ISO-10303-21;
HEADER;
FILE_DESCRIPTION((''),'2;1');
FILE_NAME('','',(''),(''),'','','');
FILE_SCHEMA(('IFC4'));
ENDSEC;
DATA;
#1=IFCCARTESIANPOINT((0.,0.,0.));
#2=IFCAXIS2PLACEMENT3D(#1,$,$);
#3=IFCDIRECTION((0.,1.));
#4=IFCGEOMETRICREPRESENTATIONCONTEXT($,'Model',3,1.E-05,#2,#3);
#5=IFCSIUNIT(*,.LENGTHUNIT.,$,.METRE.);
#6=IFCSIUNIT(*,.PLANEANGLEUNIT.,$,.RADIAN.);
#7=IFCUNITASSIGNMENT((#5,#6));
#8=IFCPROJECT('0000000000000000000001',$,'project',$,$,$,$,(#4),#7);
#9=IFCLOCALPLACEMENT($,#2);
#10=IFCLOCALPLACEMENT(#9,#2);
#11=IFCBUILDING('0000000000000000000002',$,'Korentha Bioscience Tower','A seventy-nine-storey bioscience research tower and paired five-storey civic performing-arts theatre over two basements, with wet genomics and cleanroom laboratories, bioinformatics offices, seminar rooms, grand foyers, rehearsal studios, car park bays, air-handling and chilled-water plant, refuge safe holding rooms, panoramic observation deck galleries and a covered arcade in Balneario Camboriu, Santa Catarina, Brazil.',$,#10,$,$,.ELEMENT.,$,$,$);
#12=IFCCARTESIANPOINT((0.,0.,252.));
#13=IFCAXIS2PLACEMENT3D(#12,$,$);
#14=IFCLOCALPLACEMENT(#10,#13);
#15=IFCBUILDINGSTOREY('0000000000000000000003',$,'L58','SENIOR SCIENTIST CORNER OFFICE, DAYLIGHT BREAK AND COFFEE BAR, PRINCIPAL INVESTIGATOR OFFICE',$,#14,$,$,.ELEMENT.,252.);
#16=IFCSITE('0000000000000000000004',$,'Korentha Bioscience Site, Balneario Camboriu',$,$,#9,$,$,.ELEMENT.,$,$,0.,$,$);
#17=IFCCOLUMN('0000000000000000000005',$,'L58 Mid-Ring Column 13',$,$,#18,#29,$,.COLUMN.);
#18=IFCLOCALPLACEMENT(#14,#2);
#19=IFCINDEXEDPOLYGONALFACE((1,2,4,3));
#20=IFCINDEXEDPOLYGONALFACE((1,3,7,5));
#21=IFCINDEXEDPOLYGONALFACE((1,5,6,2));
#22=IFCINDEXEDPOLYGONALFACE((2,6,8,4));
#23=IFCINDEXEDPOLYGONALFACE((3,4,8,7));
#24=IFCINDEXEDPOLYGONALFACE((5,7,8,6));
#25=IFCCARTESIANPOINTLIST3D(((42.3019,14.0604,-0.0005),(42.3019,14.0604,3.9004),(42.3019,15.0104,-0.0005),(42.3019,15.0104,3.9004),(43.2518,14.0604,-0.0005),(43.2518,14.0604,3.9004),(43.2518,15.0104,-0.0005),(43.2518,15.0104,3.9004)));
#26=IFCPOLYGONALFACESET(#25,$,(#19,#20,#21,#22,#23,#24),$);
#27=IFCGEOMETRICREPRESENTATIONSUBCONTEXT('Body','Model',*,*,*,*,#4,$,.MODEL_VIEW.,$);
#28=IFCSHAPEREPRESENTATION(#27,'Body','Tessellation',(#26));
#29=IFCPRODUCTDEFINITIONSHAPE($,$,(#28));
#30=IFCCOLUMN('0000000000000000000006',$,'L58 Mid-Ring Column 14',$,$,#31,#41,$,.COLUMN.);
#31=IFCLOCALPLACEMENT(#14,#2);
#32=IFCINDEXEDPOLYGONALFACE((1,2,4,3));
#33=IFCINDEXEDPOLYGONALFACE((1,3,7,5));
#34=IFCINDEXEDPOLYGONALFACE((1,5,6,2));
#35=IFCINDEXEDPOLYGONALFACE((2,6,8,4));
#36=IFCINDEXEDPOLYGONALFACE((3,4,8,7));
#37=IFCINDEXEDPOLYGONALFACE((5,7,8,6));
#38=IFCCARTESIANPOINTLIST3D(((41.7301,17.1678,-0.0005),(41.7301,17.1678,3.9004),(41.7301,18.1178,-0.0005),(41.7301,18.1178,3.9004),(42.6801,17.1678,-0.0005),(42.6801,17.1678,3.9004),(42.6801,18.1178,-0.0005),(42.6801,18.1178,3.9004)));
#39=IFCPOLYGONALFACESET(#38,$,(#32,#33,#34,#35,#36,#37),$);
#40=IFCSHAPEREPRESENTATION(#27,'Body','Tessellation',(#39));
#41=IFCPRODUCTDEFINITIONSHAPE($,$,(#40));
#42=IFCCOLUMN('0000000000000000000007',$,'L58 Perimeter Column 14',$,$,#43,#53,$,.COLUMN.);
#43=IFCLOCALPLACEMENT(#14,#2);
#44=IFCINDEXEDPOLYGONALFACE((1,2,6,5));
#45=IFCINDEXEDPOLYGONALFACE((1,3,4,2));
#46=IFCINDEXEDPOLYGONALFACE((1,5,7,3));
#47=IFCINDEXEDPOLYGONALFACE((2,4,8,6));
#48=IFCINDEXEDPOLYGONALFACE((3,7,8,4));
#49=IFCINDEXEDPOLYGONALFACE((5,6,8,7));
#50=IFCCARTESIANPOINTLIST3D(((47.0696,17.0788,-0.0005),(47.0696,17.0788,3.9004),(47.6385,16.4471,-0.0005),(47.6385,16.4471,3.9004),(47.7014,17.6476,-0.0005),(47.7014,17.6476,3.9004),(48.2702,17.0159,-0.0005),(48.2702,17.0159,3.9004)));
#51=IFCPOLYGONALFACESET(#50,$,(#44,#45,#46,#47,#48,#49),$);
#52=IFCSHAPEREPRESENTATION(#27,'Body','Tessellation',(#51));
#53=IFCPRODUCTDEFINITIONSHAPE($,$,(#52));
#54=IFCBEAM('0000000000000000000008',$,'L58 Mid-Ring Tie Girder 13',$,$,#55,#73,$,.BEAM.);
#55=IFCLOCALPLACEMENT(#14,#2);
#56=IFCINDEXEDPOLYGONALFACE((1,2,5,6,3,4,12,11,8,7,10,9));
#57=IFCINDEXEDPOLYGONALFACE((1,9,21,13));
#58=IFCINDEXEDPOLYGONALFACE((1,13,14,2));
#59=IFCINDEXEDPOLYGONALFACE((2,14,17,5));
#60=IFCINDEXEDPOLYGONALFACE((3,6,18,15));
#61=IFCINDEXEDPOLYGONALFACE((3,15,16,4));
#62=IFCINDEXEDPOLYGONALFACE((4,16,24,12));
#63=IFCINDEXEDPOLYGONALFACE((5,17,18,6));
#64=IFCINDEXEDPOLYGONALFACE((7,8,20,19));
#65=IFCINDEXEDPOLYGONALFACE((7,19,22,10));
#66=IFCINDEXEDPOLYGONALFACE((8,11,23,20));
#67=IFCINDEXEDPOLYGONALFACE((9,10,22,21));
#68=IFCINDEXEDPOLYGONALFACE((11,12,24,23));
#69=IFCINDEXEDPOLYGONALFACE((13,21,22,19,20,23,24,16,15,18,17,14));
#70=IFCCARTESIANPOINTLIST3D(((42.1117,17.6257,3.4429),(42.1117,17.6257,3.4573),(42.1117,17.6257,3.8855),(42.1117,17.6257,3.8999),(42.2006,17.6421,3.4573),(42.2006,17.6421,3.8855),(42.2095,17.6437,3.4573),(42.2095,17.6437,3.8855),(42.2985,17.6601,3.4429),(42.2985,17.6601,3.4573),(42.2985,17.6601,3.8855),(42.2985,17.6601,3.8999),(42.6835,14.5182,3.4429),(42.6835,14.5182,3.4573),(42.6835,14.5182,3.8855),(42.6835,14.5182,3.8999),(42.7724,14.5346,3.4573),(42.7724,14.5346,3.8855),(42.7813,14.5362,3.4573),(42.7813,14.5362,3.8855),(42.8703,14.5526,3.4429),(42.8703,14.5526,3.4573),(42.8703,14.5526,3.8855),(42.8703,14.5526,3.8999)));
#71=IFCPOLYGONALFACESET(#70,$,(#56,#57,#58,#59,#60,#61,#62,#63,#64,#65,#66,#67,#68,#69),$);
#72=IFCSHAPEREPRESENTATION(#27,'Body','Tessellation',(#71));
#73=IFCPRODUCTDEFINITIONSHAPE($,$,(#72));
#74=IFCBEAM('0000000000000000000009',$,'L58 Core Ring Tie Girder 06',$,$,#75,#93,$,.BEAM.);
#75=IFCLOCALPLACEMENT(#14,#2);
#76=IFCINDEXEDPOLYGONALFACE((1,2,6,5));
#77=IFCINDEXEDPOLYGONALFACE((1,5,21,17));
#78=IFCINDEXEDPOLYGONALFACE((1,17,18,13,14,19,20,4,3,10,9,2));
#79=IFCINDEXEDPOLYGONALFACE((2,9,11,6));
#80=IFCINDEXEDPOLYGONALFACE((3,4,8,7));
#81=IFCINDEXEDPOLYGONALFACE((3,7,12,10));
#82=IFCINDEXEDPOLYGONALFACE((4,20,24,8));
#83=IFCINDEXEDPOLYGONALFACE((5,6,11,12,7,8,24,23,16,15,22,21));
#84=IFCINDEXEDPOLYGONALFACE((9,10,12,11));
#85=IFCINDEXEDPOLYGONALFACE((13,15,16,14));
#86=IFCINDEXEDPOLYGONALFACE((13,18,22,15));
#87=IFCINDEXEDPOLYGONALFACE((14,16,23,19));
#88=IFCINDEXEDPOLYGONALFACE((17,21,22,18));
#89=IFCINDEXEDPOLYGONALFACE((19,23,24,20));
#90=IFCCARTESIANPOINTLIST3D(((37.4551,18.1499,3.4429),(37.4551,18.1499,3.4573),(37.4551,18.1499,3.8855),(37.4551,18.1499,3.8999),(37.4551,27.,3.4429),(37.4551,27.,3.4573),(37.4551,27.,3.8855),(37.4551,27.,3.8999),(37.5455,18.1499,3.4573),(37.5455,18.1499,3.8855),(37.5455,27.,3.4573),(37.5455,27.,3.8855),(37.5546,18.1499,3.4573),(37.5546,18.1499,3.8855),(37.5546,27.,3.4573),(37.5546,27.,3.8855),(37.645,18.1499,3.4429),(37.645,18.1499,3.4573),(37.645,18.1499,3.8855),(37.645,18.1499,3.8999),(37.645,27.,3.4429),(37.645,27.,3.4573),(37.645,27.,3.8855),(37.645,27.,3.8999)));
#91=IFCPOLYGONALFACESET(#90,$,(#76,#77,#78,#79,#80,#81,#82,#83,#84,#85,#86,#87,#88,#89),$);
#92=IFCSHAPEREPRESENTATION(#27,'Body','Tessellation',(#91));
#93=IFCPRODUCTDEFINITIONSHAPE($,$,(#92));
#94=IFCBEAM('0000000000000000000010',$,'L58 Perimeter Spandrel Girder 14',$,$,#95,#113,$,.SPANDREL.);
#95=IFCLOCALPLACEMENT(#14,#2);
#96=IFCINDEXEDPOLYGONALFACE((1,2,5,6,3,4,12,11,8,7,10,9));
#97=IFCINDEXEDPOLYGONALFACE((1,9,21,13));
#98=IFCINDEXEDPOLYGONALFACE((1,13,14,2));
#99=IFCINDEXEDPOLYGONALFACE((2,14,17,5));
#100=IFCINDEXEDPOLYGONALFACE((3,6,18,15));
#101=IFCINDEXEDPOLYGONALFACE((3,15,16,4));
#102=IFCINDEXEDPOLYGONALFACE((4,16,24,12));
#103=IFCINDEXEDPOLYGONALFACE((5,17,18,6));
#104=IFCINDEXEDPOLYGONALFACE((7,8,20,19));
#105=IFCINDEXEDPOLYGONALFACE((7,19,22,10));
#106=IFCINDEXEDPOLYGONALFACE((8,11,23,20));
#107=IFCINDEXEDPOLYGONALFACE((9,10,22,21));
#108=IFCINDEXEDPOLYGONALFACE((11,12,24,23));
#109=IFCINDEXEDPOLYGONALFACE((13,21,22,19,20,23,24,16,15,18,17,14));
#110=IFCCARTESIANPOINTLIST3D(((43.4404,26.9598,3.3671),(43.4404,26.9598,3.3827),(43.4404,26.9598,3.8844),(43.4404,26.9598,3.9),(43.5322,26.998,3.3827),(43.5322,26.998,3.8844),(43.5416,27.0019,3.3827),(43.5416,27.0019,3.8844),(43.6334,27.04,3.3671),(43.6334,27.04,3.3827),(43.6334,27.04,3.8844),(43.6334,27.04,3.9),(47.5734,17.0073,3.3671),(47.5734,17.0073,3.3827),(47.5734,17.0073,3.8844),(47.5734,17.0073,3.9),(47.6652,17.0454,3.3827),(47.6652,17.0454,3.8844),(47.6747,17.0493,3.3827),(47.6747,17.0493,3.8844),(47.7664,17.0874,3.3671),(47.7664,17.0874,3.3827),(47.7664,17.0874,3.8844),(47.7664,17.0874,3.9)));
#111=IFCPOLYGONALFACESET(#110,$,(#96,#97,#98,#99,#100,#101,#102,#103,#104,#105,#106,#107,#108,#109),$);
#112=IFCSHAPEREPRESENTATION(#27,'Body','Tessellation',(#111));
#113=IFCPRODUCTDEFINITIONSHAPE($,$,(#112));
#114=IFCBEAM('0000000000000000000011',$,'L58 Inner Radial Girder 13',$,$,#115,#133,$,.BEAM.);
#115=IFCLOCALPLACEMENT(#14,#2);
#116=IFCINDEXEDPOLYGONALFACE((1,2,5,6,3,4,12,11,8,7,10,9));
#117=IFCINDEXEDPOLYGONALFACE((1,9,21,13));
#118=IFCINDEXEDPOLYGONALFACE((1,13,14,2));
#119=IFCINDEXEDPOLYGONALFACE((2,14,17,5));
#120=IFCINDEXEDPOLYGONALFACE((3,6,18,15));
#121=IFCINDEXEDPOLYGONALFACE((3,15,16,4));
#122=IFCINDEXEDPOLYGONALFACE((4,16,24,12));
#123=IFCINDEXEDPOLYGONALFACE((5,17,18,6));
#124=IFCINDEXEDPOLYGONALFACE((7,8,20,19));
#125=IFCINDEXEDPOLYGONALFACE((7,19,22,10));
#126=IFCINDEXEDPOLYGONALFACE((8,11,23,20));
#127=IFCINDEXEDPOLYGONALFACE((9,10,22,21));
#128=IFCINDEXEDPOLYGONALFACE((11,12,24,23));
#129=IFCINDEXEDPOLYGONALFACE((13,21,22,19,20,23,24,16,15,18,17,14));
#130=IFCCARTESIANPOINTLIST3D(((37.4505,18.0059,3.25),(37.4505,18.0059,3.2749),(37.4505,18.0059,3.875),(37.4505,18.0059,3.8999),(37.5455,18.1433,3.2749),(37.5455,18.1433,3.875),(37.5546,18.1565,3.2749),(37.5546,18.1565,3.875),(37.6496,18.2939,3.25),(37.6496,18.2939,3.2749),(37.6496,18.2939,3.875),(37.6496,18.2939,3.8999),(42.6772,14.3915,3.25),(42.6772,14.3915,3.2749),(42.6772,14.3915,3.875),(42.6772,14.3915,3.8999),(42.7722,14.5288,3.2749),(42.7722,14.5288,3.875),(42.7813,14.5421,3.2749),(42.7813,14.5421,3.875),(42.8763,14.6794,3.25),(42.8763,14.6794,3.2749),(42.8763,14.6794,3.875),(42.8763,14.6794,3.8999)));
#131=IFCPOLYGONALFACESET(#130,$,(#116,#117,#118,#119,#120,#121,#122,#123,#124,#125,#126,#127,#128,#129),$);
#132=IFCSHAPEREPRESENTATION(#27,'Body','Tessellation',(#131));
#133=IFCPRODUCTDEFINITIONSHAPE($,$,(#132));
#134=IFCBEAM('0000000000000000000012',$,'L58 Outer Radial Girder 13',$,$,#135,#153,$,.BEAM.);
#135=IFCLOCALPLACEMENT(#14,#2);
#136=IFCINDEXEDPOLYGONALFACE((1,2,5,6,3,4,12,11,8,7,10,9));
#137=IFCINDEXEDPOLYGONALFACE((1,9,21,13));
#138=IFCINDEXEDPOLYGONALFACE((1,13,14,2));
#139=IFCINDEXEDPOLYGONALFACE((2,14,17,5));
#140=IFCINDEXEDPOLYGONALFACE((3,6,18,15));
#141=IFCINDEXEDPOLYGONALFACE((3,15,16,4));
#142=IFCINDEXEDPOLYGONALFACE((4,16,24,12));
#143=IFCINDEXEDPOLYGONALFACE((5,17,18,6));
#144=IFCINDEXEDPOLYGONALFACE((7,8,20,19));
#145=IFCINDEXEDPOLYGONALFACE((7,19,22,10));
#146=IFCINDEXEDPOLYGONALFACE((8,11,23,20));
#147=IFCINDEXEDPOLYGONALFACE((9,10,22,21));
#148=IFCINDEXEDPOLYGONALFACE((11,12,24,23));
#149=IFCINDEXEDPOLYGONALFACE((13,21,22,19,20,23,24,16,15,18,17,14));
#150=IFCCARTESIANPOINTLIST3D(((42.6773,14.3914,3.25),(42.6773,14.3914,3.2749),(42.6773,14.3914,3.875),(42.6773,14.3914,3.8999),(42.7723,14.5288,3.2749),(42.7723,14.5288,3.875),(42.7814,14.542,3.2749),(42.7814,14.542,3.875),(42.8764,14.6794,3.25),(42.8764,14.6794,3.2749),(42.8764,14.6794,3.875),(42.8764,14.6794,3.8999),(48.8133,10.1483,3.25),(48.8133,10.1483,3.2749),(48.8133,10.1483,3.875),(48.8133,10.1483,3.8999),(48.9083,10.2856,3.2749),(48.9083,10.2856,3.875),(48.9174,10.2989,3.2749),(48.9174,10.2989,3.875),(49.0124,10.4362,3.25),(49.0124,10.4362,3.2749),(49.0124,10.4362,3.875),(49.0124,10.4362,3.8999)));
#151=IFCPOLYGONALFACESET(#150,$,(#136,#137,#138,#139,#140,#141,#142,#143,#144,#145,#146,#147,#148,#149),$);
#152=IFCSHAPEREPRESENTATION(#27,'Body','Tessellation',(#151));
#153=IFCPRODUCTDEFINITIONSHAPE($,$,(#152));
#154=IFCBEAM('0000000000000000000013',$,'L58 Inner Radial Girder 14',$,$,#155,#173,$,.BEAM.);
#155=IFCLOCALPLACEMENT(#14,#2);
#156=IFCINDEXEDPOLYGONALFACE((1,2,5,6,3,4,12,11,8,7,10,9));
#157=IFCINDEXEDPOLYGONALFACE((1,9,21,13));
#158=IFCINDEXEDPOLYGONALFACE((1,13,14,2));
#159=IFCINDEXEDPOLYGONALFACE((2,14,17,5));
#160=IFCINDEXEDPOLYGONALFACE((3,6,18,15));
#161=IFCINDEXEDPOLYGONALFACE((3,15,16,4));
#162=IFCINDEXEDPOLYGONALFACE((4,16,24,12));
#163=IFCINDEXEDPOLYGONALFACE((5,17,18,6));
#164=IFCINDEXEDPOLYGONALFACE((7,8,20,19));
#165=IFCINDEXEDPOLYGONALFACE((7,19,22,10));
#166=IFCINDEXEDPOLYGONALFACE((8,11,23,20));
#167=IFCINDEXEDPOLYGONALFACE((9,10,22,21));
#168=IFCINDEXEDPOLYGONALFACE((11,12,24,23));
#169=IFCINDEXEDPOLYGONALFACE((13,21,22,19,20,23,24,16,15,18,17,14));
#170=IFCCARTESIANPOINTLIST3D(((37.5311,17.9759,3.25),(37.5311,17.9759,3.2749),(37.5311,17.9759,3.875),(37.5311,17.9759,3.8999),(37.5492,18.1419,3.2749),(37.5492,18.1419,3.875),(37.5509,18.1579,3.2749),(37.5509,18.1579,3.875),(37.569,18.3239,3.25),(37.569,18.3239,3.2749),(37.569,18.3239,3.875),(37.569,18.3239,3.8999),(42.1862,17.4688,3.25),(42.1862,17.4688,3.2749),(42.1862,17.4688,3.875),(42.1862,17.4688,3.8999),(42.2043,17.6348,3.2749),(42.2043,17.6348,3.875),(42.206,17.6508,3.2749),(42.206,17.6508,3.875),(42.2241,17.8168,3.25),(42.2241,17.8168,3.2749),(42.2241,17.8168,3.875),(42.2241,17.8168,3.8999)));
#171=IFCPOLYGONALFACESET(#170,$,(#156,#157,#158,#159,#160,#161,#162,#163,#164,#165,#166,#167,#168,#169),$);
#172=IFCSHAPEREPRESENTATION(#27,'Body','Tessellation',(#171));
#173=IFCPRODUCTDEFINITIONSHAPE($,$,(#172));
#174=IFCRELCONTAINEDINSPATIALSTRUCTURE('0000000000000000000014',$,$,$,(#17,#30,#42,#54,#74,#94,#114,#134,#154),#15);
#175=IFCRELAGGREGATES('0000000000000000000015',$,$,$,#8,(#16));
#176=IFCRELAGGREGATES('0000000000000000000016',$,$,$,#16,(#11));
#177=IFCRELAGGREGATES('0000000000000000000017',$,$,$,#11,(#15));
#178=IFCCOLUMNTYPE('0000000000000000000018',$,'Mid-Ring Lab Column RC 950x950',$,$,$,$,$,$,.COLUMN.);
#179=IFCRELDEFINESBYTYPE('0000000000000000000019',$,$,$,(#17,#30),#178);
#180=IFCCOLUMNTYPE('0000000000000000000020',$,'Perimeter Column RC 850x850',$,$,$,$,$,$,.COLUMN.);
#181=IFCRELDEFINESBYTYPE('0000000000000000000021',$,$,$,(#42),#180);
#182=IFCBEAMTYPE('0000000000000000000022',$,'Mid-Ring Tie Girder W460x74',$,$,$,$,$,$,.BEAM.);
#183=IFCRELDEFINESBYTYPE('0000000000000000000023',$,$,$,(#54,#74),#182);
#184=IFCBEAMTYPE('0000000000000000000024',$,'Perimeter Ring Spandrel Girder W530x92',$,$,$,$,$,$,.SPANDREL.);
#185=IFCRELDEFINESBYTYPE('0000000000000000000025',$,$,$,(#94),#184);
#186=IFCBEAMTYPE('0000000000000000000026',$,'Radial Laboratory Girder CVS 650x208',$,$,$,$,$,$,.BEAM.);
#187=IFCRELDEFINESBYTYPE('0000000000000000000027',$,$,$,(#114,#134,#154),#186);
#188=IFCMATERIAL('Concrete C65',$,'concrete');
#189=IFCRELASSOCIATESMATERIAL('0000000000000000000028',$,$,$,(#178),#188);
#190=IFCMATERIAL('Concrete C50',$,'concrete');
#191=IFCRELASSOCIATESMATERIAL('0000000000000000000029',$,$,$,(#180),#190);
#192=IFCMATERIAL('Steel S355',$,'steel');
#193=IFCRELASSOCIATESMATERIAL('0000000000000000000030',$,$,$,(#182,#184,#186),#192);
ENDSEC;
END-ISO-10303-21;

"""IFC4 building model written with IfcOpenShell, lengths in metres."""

from ifc_helpers import new_model, si_unit, direction, frame, origin, origin_2d, place, context, subcontext, project, spatial, rectangle, i_section, extrude, material, material_profile, profile_set, type_object, element, save


model = new_model("IFC4")

# Units and contexts
model_context = context("Model", 3, precision=1e-05, world=origin(), true_north=direction((0.0, 1.0)))
body_context = subcontext(model_context, "Body", "Model", "MODEL_VIEW")
ifc_project = project(units=[si_unit("LENGTHUNIT", "METRE"), si_unit("PLANEANGLEUNIT", "RADIAN")], contexts=[model_context])

# Site, building, storey
site_placement = place(None, origin())
site = spatial("IfcSite", under=ifc_project, at=site_placement, Name="Korentha Bioscience Site, Balneario Camboriu", CompositionType="ELEMENT", RefElevation=0.0)
building_placement = place(site_placement, origin())
building = spatial("IfcBuilding", under=site, at=building_placement, Name="Korentha Bioscience Tower", Description="A seventy-nine-storey bioscience research tower and paired five-storey civic performing-arts theatre over two basements, with wet genomics and cleanroom laboratories, bioinformatics offices, seminar rooms, grand foyers, rehearsal studios, car park bays, air-handling and chilled-water plant, refuge safe holding rooms, panoramic observation deck galleries and a covered arcade in Balneario Camboriu, Santa Catarina, Brazil.", CompositionType="ELEMENT")
storey_placement = place(building_placement, frame((0.0, 0.0, 252.0)))
storey = spatial("IfcBuildingStorey", under=building, at=storey_placement, Name="L58", Description="SENIOR SCIENTIST CORNER OFFICE, DAYLIGHT BREAK AND COFFEE BAR, PRINCIPAL INVESTIGATOR OFFICE", CompositionType="ELEMENT", Elevation=252.0)

# Columns
ifc_material_1 = material(Name="Concrete C65", Category="concrete")
ifc_material_profile_1 = material_profile(ifc_material_1, rectangle(XDim=0.95, YDim=0.95, at=origin_2d()), Name="Concrete C65")
ifc_profile_set_1 = profile_set([ifc_material_profile_1], Name="Concrete C65 (COL-MR09)")
column_type_1 = type_object("IfcColumnType", Name="Mid-Ring Lab Column RC 950x950", PredefinedType="COLUMN", material=ifc_profile_set_1)
for number, where, z_axis, x_axis, name in (
    (1, (42.7769, 14.5354, -0.0005), (0.0, 0.0, 1.0), (1.0, 0.0, 0.0), "L58 Mid-Ring Column 13"),
    (2, (42.2051, 17.6428, -0.0005), (0.0, 0.0, 1.0), (1.0, 0.0, 0.0), "L58 Mid-Ring Column 14"),
):
    element("IfcColumn", number, at=place(storey_placement, frame(where, z_axis=z_axis, x_axis=x_axis)), inside=storey, type_object=column_type_1, Name=name, PredefinedType="COLUMN", context=body_context, shape_type="SweptSolid", body=[
        extrude(rectangle(XDim=0.95, YDim=0.95, at=origin_2d()), origin(), (0.0, 0.0, 1.0), 3.9009),
    ])
ifc_material_2 = material(Name="Concrete C50", Category="concrete")
ifc_material_profile_2 = material_profile(ifc_material_2, rectangle(XDim=0.8501, YDim=0.8501, at=origin_2d()), Name="Concrete C50")
ifc_profile_set_2 = profile_set([ifc_material_profile_2], Name="Concrete C50 (COL-P08)")
column_type_2 = type_object("IfcColumnType", Name="Perimeter Column RC 850x850", PredefinedType="COLUMN", material=ifc_profile_set_2)
column_placement = place(storey_placement, frame((47.6699, 17.0474, -0.0005), z_axis=(0.0, 0.0, 1.0), x_axis=(-0.669131, 0.743145, 0.0)))
element("IfcColumn", 3, at=column_placement, inside=storey, type_object=column_type_2, Name="L58 Perimeter Column 14", PredefinedType="COLUMN", context=body_context, shape_type="SweptSolid", body=[
    extrude(rectangle(XDim=0.8501, YDim=0.8501, at=origin_2d()), origin(), (0.0, 0.0, 1.0), 3.9009),
])

# Beams
ifc_material_3 = material(Name="Steel S355", Category="steel")
ifc_material_profile_3 = material_profile(ifc_material_3, i_section(OverallWidth=0.1899, OverallDepth=0.457, WebThickness=0.009, FlangeThickness=0.0144, at=origin_2d()), Name="Steel S355")
ifc_profile_set_3 = profile_set([ifc_material_profile_3], Name="Steel S355 (MB-460)")
beam_type_1 = type_object("IfcBeamType", Name="Mid-Ring Tie Girder W460x74", PredefinedType="BEAM", material=ifc_profile_set_3)
beam_1_placement = place(storey_placement, frame((42.7769, 14.5354, 3.6714), z_axis=(-0.180966, 0.983489, 0.0), x_axis=(-0.983489, -0.180966, 0.0)))
element("IfcBeam", 4, at=beam_1_placement, inside=storey, type_object=beam_type_1, Name="L58 Mid-Ring Tie Girder 13", PredefinedType="BEAM", context=body_context, shape_type="SweptSolid", body=[
    extrude(i_section(OverallWidth=0.1899, OverallDepth=0.457, WebThickness=0.009, FlangeThickness=0.0144, at=origin_2d()), origin(), (0.0, 0.0, 1.0), 3.1597),
])
beam_2_placement = place(storey_placement, frame((37.55, 18.1499, 3.6714), z_axis=(0.0, 1.0, 0.0), x_axis=(-1.0, 0.0, 0.0)))
element("IfcBeam", 5, at=beam_2_placement, inside=storey, type_object=beam_type_1, Name="L58 Core Ring Tie Girder 06", PredefinedType="BEAM", context=body_context, shape_type="SweptSolid", body=[
    extrude(i_section(OverallWidth=0.1899, OverallDepth=0.457, WebThickness=0.009, FlangeThickness=0.0144, at=origin_2d()), origin(), (0.0, 0.0, 1.0), 8.8501),
])
ifc_material_profile_4 = material_profile(ifc_material_3, i_section(OverallWidth=0.209, OverallDepth=0.533, WebThickness=0.0103, FlangeThickness=0.0156, at=origin_2d()), Name="Steel S355")
ifc_profile_set_4 = profile_set([ifc_material_profile_4], Name="Steel S355 (SB-530)")
beam_type_2 = type_object("IfcBeamType", Name="Perimeter Ring Spandrel Girder W530x92", PredefinedType="SPANDREL", material=ifc_profile_set_4)
beam_3_placement = place(storey_placement, frame((47.6699, 17.0474, 3.6335), z_axis=(-0.383518, 0.923533, 0.0), x_axis=(-0.923533, -0.383518, 0.0)))
element("IfcBeam", 6, at=beam_3_placement, inside=storey, type_object=beam_type_2, Name="L58 Perimeter Spandrel Girder 14", PredefinedType="SPANDREL", context=body_context, shape_type="SweptSolid", body=[
    extrude(i_section(OverallWidth=0.209, OverallDepth=0.533, WebThickness=0.0103, FlangeThickness=0.0156, at=origin_2d()), origin(), (0.0, 0.0, 1.0), 10.7766),
])
ifc_material_profile_5 = material_profile(ifc_material_3, i_section(OverallWidth=0.3501, OverallDepth=0.6499, WebThickness=0.0161, FlangeThickness=0.0249, at=origin_2d()), Name="Steel S355")
ifc_profile_set_5 = profile_set([ifc_material_profile_5], Name="Steel S355 (RB-650)")
beam_type_3 = type_object("IfcBeamType", Name="Radial Laboratory Girder CVS 650x208", PredefinedType="BEAM", material=ifc_profile_set_5)
beam_4_placement = place(storey_placement, frame((37.55, 18.1499, 3.575), z_axis=(0.822491, -0.568778, 0.0), x_axis=(0.568778, 0.822491, 0.0)))
element("IfcBeam", 7, at=beam_4_placement, inside=storey, type_object=beam_type_3, Name="L58 Inner Radial Girder 13", PredefinedType="BEAM", context=body_context, shape_type="SweptSolid", body=[
    extrude(i_section(OverallWidth=0.3501, OverallDepth=0.6499, WebThickness=0.0161, FlangeThickness=0.0249, at=origin_2d()), origin(), (0.0, 0.0, 1.0), 6.3547),
])
beam_5_placement = place(storey_placement, frame((42.7769, 14.5354, 3.575), z_axis=(0.822495, -0.568773, 0.0), x_axis=(0.568773, 0.822495, 0.0)))
element("IfcBeam", 8, at=beam_5_placement, inside=storey, type_object=beam_type_3, Name="L58 Outer Radial Girder 13", PredefinedType="BEAM", context=body_context, shape_type="SweptSolid", body=[
    extrude(i_section(OverallWidth=0.3501, OverallDepth=0.6499, WebThickness=0.0161, FlangeThickness=0.0249, at=origin_2d()), origin(), (0.0, 0.0, 1.0), 7.4602),
])
beam_6_placement = place(storey_placement, frame((37.55, 18.1499, 3.575), z_axis=(0.994119, -0.108291, 0.0), x_axis=(0.108291, 0.994119, 0.0)))
element("IfcBeam", 9, at=beam_6_placement, inside=storey, type_object=beam_type_3, Name="L58 Inner Radial Girder 14", PredefinedType="BEAM", context=body_context, shape_type="SweptSolid", body=[
    extrude(i_section(OverallWidth=0.3501, OverallDepth=0.6499, WebThickness=0.0161, FlangeThickness=0.0249, at=origin_2d()), origin(), (0.0, 0.0, 1.0), 4.6826),
])

save(model, "model.ifc")
